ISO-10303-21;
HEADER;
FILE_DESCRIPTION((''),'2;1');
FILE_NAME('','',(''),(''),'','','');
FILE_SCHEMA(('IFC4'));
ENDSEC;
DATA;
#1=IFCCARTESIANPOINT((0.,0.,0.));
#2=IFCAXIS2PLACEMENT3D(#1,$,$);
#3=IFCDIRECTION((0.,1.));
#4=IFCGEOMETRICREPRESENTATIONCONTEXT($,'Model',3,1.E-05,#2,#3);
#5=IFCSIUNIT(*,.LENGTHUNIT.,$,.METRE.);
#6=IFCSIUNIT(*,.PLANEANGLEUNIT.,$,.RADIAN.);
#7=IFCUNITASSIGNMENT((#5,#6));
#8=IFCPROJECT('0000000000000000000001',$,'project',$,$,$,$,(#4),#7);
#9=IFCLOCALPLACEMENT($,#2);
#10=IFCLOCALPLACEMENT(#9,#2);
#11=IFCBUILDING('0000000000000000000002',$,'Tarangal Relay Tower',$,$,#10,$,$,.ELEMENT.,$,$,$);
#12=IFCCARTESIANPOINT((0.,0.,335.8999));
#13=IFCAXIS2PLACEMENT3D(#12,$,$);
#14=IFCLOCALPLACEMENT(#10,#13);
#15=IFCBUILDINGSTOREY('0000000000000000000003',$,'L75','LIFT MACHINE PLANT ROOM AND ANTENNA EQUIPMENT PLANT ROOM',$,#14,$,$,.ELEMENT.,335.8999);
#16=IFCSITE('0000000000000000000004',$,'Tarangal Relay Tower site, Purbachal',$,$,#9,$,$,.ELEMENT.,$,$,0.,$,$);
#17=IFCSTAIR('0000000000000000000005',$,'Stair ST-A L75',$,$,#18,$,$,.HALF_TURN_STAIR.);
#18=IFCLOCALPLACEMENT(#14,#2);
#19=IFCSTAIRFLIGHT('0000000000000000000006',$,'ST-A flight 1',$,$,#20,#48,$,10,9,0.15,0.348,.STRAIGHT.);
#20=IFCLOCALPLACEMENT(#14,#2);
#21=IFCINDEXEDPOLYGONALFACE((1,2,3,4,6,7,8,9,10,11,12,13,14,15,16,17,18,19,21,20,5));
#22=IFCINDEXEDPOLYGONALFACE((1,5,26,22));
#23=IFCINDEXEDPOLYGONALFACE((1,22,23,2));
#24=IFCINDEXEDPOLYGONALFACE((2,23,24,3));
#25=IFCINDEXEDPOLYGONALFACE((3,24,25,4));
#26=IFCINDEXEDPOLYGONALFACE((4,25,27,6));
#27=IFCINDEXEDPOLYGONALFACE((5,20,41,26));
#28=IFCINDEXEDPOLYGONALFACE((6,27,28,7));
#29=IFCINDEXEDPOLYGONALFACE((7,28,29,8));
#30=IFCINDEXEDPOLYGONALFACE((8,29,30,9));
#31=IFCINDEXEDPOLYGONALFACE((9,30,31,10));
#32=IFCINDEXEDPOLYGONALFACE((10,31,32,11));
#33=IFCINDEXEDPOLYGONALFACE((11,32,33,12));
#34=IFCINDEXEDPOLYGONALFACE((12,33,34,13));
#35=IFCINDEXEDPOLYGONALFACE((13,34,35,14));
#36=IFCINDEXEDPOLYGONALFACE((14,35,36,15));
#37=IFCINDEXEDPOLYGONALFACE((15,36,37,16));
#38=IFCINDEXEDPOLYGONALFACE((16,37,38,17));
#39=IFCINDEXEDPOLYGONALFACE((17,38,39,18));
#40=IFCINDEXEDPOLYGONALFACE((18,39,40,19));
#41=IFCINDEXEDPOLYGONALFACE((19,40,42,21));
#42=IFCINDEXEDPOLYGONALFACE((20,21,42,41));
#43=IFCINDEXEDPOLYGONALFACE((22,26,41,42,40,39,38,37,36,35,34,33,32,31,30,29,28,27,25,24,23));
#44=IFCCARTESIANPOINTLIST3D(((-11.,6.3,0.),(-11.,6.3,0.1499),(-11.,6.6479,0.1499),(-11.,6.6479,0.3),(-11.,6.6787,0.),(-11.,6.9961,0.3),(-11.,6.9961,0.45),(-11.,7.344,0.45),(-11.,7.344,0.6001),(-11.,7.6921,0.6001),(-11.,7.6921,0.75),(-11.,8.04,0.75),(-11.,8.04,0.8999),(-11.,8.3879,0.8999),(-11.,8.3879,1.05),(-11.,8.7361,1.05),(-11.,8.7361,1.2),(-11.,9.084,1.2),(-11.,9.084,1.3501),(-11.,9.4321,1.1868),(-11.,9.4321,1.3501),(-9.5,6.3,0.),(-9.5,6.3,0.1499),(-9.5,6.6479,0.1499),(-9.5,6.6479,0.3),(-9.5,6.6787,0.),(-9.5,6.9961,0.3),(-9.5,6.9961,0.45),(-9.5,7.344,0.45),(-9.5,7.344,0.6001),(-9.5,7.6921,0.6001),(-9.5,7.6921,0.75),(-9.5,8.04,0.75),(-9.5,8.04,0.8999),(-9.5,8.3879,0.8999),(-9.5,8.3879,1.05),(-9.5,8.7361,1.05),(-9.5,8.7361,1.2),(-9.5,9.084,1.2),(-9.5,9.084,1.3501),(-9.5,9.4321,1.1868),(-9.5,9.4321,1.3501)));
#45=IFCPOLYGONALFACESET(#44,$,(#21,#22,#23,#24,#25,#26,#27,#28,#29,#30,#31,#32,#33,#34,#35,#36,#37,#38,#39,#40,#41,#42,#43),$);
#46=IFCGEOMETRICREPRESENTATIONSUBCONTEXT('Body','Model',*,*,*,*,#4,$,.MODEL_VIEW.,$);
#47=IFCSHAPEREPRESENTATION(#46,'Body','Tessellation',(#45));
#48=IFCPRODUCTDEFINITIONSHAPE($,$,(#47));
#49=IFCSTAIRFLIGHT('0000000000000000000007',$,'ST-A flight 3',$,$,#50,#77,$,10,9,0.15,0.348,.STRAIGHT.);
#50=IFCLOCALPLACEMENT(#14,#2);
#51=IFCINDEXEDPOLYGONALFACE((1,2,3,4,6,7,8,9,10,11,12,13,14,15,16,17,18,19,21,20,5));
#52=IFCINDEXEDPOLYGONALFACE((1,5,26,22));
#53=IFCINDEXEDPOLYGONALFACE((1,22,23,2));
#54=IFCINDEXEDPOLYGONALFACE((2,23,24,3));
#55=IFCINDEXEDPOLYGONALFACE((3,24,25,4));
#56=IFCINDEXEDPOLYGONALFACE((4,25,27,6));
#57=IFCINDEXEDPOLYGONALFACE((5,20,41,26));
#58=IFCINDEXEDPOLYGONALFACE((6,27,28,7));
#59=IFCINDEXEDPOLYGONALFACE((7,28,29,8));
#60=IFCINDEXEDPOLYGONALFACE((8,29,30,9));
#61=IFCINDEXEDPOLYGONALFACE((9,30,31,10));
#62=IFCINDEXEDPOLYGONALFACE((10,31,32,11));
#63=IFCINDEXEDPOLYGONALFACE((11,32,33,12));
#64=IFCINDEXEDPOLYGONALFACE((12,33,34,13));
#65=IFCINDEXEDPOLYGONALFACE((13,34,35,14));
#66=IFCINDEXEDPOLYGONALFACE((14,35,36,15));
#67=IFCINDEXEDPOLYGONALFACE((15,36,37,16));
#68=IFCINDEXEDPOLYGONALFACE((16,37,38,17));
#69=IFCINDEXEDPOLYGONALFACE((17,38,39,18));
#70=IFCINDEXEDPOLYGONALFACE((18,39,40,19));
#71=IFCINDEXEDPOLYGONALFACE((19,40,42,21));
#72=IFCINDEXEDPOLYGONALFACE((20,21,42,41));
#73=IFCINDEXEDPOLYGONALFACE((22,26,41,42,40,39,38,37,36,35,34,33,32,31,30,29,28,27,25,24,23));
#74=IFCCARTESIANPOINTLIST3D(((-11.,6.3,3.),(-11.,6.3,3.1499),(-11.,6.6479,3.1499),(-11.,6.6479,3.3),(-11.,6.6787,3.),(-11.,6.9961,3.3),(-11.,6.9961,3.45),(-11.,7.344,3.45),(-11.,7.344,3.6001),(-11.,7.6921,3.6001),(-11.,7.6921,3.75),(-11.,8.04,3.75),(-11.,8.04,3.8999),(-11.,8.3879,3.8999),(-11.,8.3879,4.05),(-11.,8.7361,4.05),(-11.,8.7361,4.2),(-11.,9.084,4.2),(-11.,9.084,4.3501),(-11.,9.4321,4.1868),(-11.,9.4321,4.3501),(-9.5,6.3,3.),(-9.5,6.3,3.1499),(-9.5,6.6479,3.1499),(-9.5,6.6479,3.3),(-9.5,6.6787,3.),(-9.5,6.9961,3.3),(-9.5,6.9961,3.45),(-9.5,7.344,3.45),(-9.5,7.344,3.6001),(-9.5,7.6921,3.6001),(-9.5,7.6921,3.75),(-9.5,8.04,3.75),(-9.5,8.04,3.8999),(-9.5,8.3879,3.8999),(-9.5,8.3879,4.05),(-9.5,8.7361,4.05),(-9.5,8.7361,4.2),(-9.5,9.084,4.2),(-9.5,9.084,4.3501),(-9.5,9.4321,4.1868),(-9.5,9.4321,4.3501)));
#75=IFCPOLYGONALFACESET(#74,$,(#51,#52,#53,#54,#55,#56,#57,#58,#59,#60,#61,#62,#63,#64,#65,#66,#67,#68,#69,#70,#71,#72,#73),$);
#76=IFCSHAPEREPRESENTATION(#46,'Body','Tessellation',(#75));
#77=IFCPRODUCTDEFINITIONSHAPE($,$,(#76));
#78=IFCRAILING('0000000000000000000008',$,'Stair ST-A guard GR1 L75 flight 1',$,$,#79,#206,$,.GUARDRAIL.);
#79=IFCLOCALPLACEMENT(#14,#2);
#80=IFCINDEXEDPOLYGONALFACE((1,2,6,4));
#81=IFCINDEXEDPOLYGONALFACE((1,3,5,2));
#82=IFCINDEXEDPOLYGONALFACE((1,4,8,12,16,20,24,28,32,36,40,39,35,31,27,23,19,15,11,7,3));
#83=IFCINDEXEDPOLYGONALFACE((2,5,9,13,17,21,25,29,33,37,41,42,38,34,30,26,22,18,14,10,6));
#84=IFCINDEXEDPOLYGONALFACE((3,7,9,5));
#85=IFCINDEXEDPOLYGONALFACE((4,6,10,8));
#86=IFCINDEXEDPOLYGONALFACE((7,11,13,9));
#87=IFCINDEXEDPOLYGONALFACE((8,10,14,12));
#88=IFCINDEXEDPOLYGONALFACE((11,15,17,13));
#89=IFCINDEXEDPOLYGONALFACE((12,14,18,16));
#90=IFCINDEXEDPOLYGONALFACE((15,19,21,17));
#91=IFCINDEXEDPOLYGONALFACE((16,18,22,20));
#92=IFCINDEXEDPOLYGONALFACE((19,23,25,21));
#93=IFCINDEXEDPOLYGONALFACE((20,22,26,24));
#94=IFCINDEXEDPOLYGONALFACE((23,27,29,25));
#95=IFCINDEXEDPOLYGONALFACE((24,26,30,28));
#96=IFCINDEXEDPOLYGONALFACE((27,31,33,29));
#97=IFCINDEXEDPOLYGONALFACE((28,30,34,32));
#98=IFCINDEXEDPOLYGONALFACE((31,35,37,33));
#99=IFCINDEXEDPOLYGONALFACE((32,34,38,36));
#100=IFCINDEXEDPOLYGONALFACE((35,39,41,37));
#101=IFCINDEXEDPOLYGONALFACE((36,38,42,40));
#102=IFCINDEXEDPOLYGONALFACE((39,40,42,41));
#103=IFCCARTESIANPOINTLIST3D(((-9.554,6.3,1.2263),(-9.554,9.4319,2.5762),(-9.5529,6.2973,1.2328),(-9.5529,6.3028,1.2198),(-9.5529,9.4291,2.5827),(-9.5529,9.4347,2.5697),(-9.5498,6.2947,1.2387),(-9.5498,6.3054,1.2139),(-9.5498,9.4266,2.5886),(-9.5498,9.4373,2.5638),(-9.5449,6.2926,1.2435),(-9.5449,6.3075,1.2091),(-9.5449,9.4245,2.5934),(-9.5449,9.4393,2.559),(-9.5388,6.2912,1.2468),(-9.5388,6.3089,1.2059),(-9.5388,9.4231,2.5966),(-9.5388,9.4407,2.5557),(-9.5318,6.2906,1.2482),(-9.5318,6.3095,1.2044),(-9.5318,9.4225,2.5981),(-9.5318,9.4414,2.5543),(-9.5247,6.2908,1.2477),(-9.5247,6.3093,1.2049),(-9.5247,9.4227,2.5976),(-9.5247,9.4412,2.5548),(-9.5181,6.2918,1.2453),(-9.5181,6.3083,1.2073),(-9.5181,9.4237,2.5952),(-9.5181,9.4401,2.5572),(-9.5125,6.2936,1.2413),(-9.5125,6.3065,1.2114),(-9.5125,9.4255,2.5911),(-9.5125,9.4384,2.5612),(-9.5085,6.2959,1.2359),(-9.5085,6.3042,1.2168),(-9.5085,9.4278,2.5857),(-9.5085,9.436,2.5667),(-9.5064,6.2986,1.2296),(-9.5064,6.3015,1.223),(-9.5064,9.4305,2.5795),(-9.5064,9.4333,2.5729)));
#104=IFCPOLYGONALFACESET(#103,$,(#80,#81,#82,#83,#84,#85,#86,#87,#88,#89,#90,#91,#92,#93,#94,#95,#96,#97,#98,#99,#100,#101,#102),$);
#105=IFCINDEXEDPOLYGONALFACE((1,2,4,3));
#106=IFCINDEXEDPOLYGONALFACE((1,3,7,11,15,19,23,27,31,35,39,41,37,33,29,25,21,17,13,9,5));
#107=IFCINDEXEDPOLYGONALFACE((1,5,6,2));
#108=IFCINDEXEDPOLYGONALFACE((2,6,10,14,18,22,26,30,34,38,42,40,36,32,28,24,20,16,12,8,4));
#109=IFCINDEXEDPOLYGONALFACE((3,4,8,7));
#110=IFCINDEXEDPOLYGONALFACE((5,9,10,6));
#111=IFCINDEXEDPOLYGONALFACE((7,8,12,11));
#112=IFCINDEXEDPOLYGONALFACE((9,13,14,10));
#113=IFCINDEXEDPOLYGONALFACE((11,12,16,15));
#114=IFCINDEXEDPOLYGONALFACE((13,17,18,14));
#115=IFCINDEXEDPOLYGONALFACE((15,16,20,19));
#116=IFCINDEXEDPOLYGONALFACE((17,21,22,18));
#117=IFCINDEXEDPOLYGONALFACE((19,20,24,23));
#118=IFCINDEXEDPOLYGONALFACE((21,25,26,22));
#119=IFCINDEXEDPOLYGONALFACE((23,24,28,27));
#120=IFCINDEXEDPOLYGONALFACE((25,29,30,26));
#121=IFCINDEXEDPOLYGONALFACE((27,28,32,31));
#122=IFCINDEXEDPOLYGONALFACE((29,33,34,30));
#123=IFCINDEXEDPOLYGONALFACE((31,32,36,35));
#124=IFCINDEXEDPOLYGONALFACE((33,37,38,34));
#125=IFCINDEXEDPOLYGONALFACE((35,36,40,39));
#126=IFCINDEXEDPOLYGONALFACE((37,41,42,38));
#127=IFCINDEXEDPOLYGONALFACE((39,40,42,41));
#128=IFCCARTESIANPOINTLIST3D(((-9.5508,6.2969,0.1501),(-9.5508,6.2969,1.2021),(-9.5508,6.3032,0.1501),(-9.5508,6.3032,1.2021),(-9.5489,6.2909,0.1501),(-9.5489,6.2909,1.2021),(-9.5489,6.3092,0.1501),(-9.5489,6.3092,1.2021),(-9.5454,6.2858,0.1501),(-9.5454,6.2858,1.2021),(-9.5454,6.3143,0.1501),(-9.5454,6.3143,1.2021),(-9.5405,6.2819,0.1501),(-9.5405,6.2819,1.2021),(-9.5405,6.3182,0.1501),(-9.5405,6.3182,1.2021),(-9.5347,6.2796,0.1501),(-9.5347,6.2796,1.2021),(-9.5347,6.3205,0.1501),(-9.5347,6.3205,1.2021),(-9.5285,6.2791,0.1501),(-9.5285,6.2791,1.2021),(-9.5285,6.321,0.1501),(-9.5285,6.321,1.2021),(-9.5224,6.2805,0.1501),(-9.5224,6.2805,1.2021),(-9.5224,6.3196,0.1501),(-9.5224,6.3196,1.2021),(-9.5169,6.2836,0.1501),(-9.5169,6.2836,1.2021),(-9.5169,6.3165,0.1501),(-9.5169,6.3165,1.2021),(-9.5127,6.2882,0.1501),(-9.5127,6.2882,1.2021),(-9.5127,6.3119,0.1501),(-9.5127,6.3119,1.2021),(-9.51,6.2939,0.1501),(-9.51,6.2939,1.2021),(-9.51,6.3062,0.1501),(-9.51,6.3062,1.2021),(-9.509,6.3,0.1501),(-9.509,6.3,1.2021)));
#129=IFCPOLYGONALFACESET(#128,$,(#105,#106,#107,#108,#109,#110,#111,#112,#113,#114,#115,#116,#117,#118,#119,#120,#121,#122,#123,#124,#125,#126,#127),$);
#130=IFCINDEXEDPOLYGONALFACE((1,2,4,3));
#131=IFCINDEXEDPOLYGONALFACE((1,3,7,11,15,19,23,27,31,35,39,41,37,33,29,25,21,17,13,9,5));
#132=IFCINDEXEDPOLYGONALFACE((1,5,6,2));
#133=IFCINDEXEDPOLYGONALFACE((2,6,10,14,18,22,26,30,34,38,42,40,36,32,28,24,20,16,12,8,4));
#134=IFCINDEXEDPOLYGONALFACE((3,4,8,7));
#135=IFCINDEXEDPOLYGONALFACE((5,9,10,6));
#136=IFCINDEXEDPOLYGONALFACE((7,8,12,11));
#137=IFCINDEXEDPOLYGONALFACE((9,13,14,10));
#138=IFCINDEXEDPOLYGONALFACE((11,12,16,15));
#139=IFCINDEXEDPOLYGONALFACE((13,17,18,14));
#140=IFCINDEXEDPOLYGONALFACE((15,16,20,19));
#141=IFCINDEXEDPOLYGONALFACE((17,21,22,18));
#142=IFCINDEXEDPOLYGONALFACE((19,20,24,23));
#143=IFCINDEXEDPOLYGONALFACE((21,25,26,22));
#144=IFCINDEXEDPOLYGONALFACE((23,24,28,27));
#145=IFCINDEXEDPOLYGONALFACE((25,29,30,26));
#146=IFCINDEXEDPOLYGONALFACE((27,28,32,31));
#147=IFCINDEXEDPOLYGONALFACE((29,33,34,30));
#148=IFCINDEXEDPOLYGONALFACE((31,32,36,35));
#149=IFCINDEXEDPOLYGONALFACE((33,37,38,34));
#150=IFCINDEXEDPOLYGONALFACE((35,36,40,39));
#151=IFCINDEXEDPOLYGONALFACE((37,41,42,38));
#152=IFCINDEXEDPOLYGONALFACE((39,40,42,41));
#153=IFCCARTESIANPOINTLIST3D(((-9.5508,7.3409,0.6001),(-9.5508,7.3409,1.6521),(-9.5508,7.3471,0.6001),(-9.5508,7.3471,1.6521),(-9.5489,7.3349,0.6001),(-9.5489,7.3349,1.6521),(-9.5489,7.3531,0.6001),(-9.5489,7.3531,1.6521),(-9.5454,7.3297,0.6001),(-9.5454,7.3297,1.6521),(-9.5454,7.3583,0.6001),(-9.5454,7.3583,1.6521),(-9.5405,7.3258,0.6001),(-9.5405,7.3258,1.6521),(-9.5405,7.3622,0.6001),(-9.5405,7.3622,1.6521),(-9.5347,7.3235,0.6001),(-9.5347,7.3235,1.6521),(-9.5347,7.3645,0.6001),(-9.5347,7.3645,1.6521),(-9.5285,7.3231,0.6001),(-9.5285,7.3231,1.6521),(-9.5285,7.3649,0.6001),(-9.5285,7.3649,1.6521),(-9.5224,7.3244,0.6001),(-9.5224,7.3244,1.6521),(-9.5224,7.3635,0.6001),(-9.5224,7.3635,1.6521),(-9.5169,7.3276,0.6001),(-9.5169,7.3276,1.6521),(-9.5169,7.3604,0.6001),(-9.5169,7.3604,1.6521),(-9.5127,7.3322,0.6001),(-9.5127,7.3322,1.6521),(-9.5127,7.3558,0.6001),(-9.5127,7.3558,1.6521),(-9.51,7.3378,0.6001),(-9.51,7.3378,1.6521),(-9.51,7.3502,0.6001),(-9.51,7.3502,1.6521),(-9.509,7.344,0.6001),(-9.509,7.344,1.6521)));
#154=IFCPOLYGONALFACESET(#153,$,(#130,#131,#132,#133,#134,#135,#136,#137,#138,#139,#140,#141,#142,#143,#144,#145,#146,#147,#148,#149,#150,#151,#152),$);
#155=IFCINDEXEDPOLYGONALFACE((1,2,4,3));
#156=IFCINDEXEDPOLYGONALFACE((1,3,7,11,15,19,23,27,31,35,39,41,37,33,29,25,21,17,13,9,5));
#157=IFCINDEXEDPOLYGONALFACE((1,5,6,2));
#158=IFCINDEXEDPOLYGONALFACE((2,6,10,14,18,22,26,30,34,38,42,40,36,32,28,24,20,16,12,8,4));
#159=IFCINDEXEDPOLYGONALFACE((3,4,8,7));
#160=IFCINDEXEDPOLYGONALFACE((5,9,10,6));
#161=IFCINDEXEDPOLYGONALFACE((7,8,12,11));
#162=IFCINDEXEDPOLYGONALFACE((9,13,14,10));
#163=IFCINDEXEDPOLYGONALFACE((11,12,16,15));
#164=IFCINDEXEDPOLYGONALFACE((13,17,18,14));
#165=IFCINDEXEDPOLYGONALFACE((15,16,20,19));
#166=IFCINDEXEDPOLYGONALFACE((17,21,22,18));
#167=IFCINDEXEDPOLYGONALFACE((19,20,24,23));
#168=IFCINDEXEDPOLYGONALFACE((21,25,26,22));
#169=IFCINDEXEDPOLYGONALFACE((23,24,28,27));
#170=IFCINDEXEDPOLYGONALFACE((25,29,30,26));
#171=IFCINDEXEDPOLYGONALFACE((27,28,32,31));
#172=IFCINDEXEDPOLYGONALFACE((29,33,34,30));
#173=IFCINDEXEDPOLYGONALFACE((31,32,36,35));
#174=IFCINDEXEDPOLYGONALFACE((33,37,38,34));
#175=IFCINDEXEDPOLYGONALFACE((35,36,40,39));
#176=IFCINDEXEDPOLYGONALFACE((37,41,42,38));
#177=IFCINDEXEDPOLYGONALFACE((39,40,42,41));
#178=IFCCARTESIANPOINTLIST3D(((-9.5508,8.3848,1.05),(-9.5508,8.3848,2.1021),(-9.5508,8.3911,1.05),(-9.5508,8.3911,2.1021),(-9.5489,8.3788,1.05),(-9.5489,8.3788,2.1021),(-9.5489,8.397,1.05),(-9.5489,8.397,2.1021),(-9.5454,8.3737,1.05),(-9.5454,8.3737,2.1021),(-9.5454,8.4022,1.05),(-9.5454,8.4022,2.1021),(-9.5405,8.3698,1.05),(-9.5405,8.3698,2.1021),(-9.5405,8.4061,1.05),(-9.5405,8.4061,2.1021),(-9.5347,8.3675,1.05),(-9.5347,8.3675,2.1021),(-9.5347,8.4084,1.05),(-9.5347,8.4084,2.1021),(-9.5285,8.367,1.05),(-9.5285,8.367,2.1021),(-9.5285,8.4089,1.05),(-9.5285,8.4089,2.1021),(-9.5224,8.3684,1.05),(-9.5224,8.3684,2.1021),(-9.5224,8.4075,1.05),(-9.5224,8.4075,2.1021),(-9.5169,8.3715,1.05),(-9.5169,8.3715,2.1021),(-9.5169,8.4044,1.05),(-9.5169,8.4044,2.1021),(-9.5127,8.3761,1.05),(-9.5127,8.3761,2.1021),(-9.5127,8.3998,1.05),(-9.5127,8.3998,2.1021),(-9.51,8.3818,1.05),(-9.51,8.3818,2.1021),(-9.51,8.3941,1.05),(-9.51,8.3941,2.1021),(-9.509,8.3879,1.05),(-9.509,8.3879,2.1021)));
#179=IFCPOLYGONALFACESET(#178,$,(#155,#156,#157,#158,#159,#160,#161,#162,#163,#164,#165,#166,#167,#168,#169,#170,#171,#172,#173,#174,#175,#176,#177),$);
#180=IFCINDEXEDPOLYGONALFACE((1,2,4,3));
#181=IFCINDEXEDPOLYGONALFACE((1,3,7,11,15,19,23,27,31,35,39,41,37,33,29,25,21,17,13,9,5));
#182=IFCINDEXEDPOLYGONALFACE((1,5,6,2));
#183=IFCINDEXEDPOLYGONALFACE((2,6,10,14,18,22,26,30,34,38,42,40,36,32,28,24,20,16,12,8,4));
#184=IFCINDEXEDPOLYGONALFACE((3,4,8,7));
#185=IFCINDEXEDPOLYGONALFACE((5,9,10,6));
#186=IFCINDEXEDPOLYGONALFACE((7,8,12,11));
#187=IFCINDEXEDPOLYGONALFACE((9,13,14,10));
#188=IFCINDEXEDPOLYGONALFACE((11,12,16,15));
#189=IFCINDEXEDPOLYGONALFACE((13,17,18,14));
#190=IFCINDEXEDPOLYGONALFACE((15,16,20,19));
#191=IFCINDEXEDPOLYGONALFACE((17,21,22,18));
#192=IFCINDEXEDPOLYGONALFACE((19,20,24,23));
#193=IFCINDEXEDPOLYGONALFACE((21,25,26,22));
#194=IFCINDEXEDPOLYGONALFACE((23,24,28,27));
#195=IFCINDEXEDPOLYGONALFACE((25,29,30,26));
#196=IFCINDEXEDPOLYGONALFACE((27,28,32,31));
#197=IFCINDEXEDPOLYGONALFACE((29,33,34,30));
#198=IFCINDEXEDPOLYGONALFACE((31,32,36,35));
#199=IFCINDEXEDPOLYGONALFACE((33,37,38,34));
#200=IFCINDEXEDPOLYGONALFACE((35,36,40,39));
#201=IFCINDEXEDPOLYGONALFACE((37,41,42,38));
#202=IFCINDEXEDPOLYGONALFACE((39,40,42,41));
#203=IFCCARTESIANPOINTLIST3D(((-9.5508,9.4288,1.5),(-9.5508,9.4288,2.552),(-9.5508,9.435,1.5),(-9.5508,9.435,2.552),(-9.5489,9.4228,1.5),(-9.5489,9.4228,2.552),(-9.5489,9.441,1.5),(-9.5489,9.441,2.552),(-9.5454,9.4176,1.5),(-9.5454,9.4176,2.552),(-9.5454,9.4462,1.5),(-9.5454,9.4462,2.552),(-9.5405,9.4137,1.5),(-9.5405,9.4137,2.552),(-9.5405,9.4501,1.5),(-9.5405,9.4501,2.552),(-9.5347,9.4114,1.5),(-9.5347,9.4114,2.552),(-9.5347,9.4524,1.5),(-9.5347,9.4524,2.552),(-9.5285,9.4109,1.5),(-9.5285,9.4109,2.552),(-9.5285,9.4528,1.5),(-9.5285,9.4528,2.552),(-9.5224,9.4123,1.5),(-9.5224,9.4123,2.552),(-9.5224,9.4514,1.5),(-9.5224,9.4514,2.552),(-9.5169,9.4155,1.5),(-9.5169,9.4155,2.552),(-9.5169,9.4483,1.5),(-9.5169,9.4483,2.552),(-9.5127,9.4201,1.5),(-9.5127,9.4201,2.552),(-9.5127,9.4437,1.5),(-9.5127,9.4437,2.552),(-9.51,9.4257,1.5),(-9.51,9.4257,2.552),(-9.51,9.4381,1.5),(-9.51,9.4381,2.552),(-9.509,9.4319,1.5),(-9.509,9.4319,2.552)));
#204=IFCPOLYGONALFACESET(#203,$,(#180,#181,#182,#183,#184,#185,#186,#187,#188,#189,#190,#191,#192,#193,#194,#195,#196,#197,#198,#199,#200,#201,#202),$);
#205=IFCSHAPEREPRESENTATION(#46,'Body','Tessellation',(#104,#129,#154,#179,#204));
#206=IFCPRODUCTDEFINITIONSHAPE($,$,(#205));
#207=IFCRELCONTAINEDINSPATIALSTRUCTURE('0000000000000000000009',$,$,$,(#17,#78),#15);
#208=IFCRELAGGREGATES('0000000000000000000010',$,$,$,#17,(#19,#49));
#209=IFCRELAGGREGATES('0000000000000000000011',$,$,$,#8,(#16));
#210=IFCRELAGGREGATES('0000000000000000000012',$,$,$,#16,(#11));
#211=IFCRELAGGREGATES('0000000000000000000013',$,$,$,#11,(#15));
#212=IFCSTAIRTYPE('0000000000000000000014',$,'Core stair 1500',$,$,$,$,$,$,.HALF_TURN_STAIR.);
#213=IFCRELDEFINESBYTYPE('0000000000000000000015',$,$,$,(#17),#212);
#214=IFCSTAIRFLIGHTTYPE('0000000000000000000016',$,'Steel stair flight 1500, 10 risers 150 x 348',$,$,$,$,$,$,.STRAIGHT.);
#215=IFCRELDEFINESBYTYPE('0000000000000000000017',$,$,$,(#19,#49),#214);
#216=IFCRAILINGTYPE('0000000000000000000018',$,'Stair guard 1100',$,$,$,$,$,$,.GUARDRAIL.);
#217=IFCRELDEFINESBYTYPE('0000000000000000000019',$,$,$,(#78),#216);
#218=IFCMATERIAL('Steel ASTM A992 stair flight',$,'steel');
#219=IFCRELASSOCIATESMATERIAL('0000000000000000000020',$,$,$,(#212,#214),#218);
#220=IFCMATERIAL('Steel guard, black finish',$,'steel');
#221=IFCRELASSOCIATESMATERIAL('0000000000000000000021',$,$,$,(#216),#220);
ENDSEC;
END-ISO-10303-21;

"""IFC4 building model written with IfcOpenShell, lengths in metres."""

from ifc_helpers import new_model, si_unit, direction, frame, origin, origin_2d, place, context, subcontext, project, spatial, polyline, circle, outline, extrude, material, type_object, element, aggregate, save


model = new_model("IFC4")

# Units and contexts
model_context = context("Model", 3, precision=1e-05, world=origin(), true_north=direction((0.0, 1.0)))
body_context = subcontext(model_context, "Body", "Model", "MODEL_VIEW")
ifc_project = project(units=[si_unit("LENGTHUNIT", "METRE"), si_unit("PLANEANGLEUNIT", "RADIAN")], contexts=[model_context])

# Site, building, storey
site_placement = place(None, origin())
site = spatial("IfcSite", under=ifc_project, at=site_placement, Name="Tarangal Relay Tower site, Purbachal", CompositionType="ELEMENT", RefElevation=0.0)
building_placement = place(site_placement, origin())
building = spatial("IfcBuilding", under=site, at=building_placement, Name="Tarangal Relay Tower", CompositionType="ELEMENT")
storey_placement = place(building_placement, frame((0.0, 0.0, 335.8999)))
storey = spatial("IfcBuildingStorey", under=building, at=storey_placement, Name="L75", Description="LIFT MACHINE PLANT ROOM AND ANTENNA EQUIPMENT PLANT ROOM", CompositionType="ELEMENT", Elevation=335.8999)

# Stair, stair flights
ifc_material_1 = material(Name="Steel ASTM A992 stair flight", Category="steel")
stair_type = type_object("IfcStairType", Name="Core stair 1500", PredefinedType="HALF_TURN_STAIR", material=ifc_material_1)
stair_placement = place(storey_placement, origin())
stair = element("IfcStair", 1, at=stair_placement, inside=storey, type_object=stair_type, Name="Stair ST-A L75", PredefinedType="HALF_TURN_STAIR")
stair_flight_type = type_object("IfcStairFlightType", Name="Steel stair flight 1500, 10 risers 150 x 348", PredefinedType="STRAIGHT", material=ifc_material_1)
stair_flight_1_placement = place(storey_placement, frame((-10.25, 6.3, 0.0), z_axis=(0.0, 0.0, 1.0), x_axis=(0.0, 1.0, 0.0)))
stair_flight_1 = element("IfcStairFlight", 2, at=stair_flight_1_placement, type_object=stair_flight_type, Name="ST-A flight 1", NumberOfRisers=10, NumberOfTreads=9, PredefinedType="STRAIGHT", RiserHeight=0.15, TreadLength=0.348, context=body_context, shape_type="SweptSolid", body=[
    extrude(outline(polyline([(0.0, 0.0), (0.0, 0.1499), (0.3479, 0.1499), (0.3479, 0.3), (0.696, 0.3), (0.696, 0.45), (1.0439, 0.45), (1.0439, 0.6001), (1.3921, 0.6001), (1.3921, 0.75), (1.74, 0.75), (1.74, 0.8999), (2.0879, 0.8999), (2.0879, 1.05), (2.436, 1.05), (2.436, 1.2), (2.7839, 1.2), (2.7839, 1.3501), (3.1321, 1.3501), (3.1321, 1.5), (3.1321, 1.1868), (0.3787, 0.0), (0.0, 0.0)])), frame((0.0, 0.75, 0.0), z_axis=(0.0, -1.0, 0.0), x_axis=(1.0, 0.0, 0.0)), (0.0, 0.0, 1.0), 1.5),
])
stair_flight_2_placement = place(storey_placement, frame((-10.25, 6.3, 3.0), z_axis=(0.0, 0.0, 1.0), x_axis=(0.0, 1.0, 0.0)))
stair_flight_2 = element("IfcStairFlight", 3, at=stair_flight_2_placement, type_object=stair_flight_type, Name="ST-A flight 3", NumberOfRisers=10, NumberOfTreads=9, PredefinedType="STRAIGHT", RiserHeight=0.15, TreadLength=0.348, context=body_context, shape_type="SweptSolid", body=[
    extrude(outline(polyline([(0.0, 0.0), (0.0, 0.1499), (0.3479, 0.1499), (0.3479, 0.3), (0.696, 0.3), (0.696, 0.45), (1.0439, 0.45), (1.0439, 0.6001), (1.3921, 0.6001), (1.3921, 0.75), (1.74, 0.75), (1.74, 0.8999), (2.0879, 0.8999), (2.0879, 1.05), (2.436, 1.05), (2.436, 1.2), (2.7839, 1.2), (2.7839, 1.3501), (3.1321, 1.3501), (3.1321, 1.5), (3.1321, 1.1868), (0.3787, 0.0), (0.0, 0.0)])), frame((0.0, 0.75, 0.0), z_axis=(0.0, -1.0, 0.0), x_axis=(1.0, 0.0, 0.0)), (0.0, 0.0, 1.0), 1.5),
])
aggregate(stair, [stair_flight_1, stair_flight_2])

# Railing
ifc_material_2 = material(Name="Steel guard, black finish", Category="steel")
railing_type = type_object("IfcRailingType", Name="Stair guard 1100", PredefinedType="GUARDRAIL", material=ifc_material_2)
railing_1_placement = place(storey_placement, frame((-9.53, 6.3, 0.1501)))
element("IfcRailing", 4, at=railing_1_placement, inside=storey, type_object=railing_type, Name="Stair ST-A guard GR1 L75 flight 1", PredefinedType="GUARDRAIL", context=body_context, shape_type="SweptSolid", body=[
    extrude(circle(Radius=0.0239, at=origin_2d()), frame((0.0, 0.0, 1.0762), z_axis=(0.0, 0.918332, 0.395811), x_axis=(-1.0, 0.0, 0.0)), (0.0, 0.0, 1.0), 3.4104),
    extrude(circle(Radius=0.021, at=origin_2d()), origin(), (0.0, 0.0, 1.0), 1.052),
    extrude(circle(Radius=0.021, at=origin_2d()), frame((0.0, 1.0439, 0.45)), (0.0, 0.0, 1.0), 1.052),
    extrude(circle(Radius=0.021, at=origin_2d()), frame((0.0, 2.0879, 0.8999)), (0.0, 0.0, 1.0), 1.052),
    extrude(circle(Radius=0.021, at=origin_2d()), frame((0.0, 3.1318, 1.3499)), (0.0, 0.0, 1.0), 1.052),
])

save(model, "model.ifc")
